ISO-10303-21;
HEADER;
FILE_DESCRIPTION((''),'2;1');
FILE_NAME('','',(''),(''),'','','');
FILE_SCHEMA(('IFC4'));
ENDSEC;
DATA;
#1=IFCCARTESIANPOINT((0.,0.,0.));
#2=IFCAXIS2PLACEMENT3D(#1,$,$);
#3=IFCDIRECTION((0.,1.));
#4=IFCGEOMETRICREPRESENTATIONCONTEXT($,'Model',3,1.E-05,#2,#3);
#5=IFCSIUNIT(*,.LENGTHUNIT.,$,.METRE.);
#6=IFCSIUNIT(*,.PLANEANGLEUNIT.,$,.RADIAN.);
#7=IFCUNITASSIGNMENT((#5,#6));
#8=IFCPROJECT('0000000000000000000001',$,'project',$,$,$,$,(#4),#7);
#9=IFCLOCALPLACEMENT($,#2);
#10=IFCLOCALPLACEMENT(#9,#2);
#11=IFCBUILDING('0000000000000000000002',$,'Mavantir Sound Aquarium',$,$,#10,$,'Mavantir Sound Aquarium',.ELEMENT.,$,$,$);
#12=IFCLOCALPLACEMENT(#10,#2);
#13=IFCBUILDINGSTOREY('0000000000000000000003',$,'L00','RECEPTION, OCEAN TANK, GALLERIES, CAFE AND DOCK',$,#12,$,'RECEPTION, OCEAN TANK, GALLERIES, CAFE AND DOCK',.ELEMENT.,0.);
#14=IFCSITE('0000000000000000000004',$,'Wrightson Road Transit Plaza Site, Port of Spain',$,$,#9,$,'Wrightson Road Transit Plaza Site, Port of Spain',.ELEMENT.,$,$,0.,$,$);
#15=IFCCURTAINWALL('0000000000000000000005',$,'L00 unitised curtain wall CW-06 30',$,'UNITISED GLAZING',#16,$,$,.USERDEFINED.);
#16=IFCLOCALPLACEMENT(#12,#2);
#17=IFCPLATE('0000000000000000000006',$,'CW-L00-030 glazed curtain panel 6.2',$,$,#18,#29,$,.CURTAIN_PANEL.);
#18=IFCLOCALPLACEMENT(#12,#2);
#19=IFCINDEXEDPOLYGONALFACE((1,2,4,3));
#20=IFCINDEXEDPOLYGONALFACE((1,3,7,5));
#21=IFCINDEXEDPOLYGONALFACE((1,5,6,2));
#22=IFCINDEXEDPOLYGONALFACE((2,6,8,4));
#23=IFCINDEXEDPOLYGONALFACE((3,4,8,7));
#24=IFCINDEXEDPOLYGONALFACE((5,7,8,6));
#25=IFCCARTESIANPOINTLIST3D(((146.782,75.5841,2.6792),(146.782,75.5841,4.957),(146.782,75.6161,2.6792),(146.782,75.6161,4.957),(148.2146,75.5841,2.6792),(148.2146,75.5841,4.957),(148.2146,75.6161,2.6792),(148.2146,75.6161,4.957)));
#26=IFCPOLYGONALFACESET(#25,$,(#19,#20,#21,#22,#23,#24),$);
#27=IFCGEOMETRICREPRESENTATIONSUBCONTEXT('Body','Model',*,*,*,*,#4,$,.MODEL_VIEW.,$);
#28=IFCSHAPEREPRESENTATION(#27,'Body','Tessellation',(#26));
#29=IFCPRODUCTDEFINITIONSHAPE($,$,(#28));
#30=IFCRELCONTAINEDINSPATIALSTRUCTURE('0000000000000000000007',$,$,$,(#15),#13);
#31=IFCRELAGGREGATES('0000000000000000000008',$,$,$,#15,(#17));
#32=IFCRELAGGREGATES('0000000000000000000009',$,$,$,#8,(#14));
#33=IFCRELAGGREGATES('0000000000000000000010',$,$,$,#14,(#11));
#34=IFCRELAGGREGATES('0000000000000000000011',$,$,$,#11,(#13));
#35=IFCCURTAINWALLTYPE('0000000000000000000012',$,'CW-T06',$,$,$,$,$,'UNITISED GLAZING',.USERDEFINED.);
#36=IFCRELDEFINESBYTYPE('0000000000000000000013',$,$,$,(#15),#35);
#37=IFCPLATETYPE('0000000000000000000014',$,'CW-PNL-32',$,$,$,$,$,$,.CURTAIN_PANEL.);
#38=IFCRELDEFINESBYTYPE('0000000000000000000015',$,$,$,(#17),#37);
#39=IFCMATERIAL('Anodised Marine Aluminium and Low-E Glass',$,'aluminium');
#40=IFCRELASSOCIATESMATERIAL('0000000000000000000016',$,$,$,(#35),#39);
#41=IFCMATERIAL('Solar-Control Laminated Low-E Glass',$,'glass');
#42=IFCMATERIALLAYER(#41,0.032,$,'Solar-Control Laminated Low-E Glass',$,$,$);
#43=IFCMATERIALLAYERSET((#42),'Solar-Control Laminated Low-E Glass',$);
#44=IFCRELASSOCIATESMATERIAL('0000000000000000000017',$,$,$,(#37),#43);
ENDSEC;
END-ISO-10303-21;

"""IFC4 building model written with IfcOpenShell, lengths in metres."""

from ifc_helpers import new_model, si_unit, direction, frame, origin, origin_2d, place, context, subcontext, project, spatial, rectangle, extrude, material, layer, layer_set, type_object, element, aggregate, save


model = new_model("IFC4")

# Units and contexts
model_context = context("Model", 3, precision=1e-05, world=origin(), true_north=direction((0.0, 1.0)))
body_context = subcontext(model_context, "Body", "Model", "MODEL_VIEW")
ifc_project = project(units=[si_unit("LENGTHUNIT", "METRE"), si_unit("PLANEANGLEUNIT", "RADIAN")], contexts=[model_context])

# Site, building, storey
site_placement = place(None, origin())
site = spatial("IfcSite", under=ifc_project, at=site_placement, Name="Wrightson Road Transit Plaza Site, Port of Spain", LongName="Wrightson Road Transit Plaza Site, Port of Spain", CompositionType="ELEMENT", RefElevation=0.0)
building_placement = place(site_placement, origin())
building = spatial("IfcBuilding", under=site, at=building_placement, Name="Mavantir Sound Aquarium", LongName="Mavantir Sound Aquarium", CompositionType="ELEMENT")
storey_placement = place(building_placement, origin())
storey = spatial("IfcBuildingStorey", under=building, at=storey_placement, Name="L00", Description="RECEPTION, OCEAN TANK, GALLERIES, CAFE AND DOCK", LongName="RECEPTION, OCEAN TANK, GALLERIES, CAFE AND DOCK", CompositionType="ELEMENT", Elevation=0.0)

# Curtain wall, plate
ifc_material_1 = material(Name="Anodised Marine Aluminium and Low-E Glass", Category="aluminium")
curtain_wall_type = type_object("IfcCurtainWallType", Name="CW-T06", ElementType="UNITISED GLAZING", PredefinedType="USERDEFINED", material=ifc_material_1)
curtain_wall_placement = place(storey_placement, origin())
curtain_wall = element("IfcCurtainWall", 1, at=curtain_wall_placement, inside=storey, type_object=curtain_wall_type, Name="L00 unitised curtain wall CW-06 30", ObjectType="UNITISED GLAZING", PredefinedType="USERDEFINED")
ifc_material_2 = material(Name="Solar-Control Laminated Low-E Glass", Category="glass")
ifc_layer = layer(ifc_material_2, 0.032, Name="Solar-Control Laminated Low-E Glass")
ifc_layer_set = layer_set([ifc_layer], Name="Solar-Control Laminated Low-E Glass")
plate_type = type_object("IfcPlateType", Name="CW-PNL-32", PredefinedType="CURTAIN_PANEL", material=ifc_layer_set)
plate_1_placement = place(storey_placement, frame((147.4983, 75.6001, 2.6792), z_axis=(0.0, 0.0, 1.0), x_axis=(-1.0, 0.0, 0.0)))
plate_1 = element("IfcPlate", 2, at=plate_1_placement, type_object=plate_type, Name="CW-L00-030 glazed curtain panel 6.2", PredefinedType="CURTAIN_PANEL", context=body_context, shape_type="SweptSolid", body=[
    extrude(rectangle(XDim=1.4326, YDim=0.032, at=origin_2d()), origin(), (0.0, 0.0, 1.0), 2.2778),
])
aggregate(curtain_wall, [plate_1])

save(model, "model.ifc")
